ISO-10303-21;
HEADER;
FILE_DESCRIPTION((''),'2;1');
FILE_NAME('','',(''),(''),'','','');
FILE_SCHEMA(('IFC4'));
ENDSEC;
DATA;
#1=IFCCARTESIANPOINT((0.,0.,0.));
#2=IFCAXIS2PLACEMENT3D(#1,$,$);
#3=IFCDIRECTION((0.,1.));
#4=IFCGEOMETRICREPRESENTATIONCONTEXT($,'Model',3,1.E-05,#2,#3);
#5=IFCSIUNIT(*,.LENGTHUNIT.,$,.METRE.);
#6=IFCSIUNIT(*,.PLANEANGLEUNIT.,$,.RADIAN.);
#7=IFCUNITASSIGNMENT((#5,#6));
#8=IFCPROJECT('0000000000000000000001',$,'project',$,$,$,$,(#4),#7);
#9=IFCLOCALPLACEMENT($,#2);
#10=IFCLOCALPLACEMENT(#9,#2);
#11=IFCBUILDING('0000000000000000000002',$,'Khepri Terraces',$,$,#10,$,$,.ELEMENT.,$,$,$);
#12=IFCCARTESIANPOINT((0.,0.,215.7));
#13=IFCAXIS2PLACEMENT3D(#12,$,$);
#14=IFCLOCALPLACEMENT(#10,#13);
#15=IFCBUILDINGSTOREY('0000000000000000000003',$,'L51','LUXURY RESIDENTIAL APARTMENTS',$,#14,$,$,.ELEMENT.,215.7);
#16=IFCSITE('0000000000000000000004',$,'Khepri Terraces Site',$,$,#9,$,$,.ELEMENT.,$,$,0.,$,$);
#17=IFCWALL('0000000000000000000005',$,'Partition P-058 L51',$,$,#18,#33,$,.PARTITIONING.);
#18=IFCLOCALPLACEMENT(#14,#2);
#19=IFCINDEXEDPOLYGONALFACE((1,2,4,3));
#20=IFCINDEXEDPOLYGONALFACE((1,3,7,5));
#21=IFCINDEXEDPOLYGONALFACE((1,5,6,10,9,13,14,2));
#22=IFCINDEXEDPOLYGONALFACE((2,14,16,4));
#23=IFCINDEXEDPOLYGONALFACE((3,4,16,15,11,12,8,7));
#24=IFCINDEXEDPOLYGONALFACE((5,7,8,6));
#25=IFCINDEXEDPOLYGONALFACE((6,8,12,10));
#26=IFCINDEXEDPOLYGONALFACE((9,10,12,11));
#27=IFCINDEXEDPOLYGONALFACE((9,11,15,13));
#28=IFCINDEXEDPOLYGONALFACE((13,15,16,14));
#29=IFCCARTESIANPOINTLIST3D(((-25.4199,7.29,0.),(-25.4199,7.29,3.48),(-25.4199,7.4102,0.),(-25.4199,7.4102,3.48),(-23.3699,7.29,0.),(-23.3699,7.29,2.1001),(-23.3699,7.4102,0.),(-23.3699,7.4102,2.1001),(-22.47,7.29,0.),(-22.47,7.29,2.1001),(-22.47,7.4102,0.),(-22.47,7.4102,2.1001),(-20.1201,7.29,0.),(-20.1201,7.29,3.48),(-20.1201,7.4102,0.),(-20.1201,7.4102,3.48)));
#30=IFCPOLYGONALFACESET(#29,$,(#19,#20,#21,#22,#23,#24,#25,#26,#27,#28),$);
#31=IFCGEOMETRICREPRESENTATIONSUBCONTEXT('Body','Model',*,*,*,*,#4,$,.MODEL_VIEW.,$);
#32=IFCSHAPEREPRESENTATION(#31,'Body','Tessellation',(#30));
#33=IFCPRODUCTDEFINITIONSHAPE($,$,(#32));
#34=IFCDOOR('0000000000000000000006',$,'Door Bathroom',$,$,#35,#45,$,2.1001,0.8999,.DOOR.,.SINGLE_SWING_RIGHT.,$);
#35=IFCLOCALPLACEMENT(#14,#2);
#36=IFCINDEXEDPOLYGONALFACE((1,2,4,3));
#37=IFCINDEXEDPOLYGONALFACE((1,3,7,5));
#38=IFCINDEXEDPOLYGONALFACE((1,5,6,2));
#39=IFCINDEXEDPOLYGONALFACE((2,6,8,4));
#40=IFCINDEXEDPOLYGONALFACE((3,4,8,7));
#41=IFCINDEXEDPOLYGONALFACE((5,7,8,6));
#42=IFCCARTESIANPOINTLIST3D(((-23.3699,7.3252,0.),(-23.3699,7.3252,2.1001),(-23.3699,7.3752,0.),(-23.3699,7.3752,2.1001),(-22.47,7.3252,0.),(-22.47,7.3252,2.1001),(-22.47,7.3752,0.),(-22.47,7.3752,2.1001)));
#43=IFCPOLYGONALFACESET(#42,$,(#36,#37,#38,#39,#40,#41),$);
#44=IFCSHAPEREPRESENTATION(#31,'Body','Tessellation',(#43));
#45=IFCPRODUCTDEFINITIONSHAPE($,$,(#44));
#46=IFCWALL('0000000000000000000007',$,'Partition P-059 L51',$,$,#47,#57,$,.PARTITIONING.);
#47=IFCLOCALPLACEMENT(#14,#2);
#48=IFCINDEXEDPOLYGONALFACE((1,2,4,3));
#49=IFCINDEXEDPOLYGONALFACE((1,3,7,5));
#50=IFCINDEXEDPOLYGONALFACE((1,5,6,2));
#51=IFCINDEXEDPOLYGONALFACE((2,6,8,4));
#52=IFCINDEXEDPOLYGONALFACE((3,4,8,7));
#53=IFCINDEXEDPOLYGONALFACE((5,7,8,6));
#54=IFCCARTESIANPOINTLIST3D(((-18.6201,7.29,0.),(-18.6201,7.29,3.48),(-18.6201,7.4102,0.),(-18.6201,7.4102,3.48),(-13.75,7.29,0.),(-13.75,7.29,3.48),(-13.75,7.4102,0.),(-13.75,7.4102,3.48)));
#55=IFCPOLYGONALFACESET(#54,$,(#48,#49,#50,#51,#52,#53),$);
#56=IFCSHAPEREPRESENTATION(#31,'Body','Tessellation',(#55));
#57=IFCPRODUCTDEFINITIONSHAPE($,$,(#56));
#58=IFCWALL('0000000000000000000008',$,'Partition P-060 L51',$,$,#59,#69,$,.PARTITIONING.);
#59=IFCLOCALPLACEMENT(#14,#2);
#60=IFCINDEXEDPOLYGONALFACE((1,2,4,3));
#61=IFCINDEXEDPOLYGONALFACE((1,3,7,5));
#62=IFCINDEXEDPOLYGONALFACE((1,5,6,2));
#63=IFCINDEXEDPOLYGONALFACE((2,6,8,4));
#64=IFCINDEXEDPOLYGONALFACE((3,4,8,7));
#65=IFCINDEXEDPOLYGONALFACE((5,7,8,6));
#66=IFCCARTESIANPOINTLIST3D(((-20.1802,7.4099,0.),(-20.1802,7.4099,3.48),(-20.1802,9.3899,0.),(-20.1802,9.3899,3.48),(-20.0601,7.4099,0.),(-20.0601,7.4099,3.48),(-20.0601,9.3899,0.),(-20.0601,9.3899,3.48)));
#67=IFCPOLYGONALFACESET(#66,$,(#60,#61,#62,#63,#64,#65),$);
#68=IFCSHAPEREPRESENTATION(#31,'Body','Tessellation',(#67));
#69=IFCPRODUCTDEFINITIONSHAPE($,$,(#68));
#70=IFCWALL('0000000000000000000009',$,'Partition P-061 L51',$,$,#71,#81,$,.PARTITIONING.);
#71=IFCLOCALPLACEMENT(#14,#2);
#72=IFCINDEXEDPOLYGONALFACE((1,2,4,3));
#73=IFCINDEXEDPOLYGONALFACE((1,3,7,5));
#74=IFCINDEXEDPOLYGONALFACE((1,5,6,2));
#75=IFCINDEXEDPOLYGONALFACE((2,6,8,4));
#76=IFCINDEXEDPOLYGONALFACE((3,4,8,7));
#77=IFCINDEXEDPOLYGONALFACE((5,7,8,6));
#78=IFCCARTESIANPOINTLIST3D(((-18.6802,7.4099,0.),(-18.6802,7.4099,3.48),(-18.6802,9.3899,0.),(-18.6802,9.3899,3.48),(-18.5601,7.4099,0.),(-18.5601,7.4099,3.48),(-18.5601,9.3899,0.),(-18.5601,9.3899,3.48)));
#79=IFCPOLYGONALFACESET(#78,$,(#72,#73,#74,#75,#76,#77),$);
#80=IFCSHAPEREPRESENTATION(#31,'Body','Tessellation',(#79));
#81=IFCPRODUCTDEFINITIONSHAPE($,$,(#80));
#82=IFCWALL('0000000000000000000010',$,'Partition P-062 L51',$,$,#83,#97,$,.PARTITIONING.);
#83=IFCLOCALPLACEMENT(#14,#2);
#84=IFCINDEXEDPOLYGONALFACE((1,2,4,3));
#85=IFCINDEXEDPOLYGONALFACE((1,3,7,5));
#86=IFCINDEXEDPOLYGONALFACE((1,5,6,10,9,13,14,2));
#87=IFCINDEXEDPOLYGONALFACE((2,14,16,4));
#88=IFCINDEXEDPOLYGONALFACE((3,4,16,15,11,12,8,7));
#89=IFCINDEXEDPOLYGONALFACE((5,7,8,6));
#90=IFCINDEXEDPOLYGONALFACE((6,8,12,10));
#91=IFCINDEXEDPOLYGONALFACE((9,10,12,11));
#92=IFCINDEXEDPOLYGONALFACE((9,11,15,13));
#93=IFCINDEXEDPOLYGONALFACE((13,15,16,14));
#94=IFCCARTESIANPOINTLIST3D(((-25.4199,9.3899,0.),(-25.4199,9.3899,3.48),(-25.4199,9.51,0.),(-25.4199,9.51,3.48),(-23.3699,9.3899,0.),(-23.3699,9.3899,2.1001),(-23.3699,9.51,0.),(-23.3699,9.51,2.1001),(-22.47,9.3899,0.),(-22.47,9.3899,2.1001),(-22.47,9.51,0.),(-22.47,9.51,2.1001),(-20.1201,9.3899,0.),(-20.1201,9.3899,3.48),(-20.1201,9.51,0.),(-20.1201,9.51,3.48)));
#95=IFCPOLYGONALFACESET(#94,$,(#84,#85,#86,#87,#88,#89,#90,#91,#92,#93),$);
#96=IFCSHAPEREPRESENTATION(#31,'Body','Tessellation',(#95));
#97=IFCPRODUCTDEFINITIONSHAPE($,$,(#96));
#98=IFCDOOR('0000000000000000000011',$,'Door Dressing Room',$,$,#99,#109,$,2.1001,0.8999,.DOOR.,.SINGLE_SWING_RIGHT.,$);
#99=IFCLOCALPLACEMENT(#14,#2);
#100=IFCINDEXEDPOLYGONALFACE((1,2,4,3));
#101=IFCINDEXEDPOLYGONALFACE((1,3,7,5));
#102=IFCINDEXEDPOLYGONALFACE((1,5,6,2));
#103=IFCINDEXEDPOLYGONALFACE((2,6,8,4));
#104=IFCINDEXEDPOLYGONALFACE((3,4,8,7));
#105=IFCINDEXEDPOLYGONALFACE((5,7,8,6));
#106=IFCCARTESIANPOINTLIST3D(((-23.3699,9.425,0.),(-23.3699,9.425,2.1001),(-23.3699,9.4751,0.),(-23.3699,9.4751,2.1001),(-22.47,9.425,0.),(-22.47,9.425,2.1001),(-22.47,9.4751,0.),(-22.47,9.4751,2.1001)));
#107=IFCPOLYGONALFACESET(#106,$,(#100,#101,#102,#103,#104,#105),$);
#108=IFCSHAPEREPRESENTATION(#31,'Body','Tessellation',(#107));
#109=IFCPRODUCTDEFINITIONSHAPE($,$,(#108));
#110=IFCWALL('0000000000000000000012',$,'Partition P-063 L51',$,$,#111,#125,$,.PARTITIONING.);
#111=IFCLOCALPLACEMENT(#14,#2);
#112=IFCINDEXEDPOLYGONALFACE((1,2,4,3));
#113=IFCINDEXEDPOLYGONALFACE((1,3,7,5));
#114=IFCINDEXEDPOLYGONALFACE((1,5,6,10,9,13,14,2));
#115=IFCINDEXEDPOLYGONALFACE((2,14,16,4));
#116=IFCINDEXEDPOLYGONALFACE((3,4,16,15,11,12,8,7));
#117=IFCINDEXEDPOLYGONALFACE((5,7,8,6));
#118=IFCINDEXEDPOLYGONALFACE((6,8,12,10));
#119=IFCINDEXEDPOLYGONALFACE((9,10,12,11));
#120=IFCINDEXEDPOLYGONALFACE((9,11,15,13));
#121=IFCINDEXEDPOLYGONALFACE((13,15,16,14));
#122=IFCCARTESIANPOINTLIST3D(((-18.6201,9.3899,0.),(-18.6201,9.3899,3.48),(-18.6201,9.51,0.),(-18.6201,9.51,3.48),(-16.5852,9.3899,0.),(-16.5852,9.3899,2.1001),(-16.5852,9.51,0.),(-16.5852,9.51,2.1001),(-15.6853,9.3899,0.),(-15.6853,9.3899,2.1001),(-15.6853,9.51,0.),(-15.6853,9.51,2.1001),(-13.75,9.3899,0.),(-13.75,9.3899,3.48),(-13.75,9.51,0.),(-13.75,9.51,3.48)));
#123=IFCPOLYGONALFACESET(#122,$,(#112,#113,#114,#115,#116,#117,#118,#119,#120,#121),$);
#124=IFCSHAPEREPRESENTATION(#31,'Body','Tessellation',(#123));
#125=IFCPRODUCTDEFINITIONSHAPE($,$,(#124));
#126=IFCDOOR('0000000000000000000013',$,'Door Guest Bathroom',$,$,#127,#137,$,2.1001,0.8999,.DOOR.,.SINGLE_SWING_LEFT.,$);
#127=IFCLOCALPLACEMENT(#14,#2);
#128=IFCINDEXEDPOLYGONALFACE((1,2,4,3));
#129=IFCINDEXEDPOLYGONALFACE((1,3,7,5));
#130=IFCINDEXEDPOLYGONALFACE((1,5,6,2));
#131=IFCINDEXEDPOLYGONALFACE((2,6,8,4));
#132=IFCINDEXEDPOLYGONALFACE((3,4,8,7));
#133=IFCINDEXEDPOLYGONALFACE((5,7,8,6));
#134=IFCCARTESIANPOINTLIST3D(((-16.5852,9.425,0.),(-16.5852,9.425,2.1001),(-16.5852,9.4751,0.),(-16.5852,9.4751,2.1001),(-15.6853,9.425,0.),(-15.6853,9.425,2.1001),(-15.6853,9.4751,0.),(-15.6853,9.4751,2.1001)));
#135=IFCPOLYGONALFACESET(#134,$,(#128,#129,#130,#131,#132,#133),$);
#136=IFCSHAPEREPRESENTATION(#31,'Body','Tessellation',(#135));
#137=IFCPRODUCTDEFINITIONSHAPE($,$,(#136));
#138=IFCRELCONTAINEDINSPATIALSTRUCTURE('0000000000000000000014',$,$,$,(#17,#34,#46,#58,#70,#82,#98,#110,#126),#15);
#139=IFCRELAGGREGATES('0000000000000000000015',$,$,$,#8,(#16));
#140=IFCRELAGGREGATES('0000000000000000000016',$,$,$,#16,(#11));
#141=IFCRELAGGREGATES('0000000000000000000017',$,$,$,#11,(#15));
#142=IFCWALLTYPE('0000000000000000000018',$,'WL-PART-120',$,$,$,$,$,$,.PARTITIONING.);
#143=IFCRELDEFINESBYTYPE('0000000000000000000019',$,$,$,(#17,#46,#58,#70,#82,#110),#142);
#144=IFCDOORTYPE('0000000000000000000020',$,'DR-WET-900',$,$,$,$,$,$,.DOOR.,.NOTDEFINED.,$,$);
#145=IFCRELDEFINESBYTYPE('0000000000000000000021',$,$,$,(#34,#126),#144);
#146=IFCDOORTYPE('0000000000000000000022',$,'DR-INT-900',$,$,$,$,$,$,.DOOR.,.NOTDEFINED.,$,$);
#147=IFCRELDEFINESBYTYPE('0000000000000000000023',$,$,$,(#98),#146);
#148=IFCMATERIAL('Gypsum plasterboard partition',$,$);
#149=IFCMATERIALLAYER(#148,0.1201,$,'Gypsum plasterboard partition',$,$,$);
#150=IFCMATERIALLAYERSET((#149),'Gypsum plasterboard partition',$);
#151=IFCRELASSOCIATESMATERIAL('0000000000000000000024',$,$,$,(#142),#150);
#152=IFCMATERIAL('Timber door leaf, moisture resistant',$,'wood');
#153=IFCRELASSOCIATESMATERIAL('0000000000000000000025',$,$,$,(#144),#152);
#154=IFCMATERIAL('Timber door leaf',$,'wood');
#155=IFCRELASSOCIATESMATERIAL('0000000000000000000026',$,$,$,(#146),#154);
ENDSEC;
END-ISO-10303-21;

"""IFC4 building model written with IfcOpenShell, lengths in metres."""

from ifc_helpers import new_model, si_unit, direction, frame, frame_2d, origin, place, context, subcontext, project, spatial, rectangle, extrude, material, layer, layer_set, type_object, element, fill, save


model = new_model("IFC4")

# Units and contexts
model_context = context("Model", 3, precision=1e-05, world=origin(), true_north=direction((0.0, 1.0)))
body_context = subcontext(model_context, "Body", "Model", "MODEL_VIEW")
ifc_project = project(units=[si_unit("LENGTHUNIT", "METRE"), si_unit("PLANEANGLEUNIT", "RADIAN")], contexts=[model_context])

# Site, building, storey
site_placement = place(None, origin())
site = spatial("IfcSite", under=ifc_project, at=site_placement, Name="Khepri Terraces Site", CompositionType="ELEMENT", RefElevation=0.0)
building_placement = place(site_placement, origin())
building = spatial("IfcBuilding", under=site, at=building_placement, Name="Khepri Terraces", CompositionType="ELEMENT")
storey_placement = place(building_placement, frame((0.0, 0.0, 215.7)))
storey = spatial("IfcBuildingStorey", under=building, at=storey_placement, Name="L51", Description="LUXURY RESIDENTIAL APARTMENTS", CompositionType="ELEMENT", Elevation=215.7)

# Shared definitions
ifc_material_1 = material(Name="Gypsum plasterboard partition")
ifc_layer_1 = layer(ifc_material_1, 0.1201, Name="Gypsum plasterboard partition")
ifc_layer_set_1 = layer_set([ifc_layer_1], Name="Gypsum plasterboard partition")
wall_type_1 = type_object("IfcWallType", Name="WL-PART-120", PredefinedType="PARTITIONING", material=ifc_layer_set_1)

# Shared definitions
ifc_material_2 = material(Name="Timber door leaf, moisture resistant", Category="wood")
door_type_1 = type_object("IfcDoorType", Name="DR-WET-900", OperationType="NOTDEFINED", PredefinedType="DOOR", material=ifc_material_2)

# Wall, opening, door
ifc_material_3 = material(Name="Timber door leaf", Category="wood")
door_type_2 = type_object("IfcDoorType", Name="DR-INT-900", OperationType="NOTDEFINED", PredefinedType="DOOR", material=ifc_material_3)
wall_1_placement = place(storey_placement, frame((-25.4199, 7.3501, 0.0), z_axis=(0.0, 0.0, 1.0), x_axis=(1.0, 0.0, 0.0)))
wall_1 = element("IfcWall", 1, at=wall_1_placement, inside=storey, type_object=wall_type_1, Name="Partition P-058 L51", PredefinedType="PARTITIONING", context=body_context, shape_type="SweptSolid", body=[
    extrude(rectangle(XDim=5.2998, YDim=0.1201, at=frame_2d((2.6499, 0.0))), origin(), (0.0, 0.0, 1.0), 3.48),
])
opening_1_placement = place(wall_1_placement, frame((2.05, 0.0, 0.0)))
opening_1 = element("IfcOpeningElement", 2, at=opening_1_placement, cuts=wall_1, PredefinedType="OPENING", context=body_context, shape_type="SweptSolid", body=[
    extrude(rectangle(XDim=0.8999, YDim=2.1001, at=frame_2d((0.45, 1.05))), frame((0.0, 0.0701, 0.0), z_axis=(0.0, -1.0, 0.0), x_axis=(1.0, 0.0, 0.0)), (0.0, 0.0, 1.0), 0.1401),
])
door_1_placement = place(opening_1_placement, frame((0.8999, 0.0, 0.0), z_axis=(0.0, 0.0, 1.0), x_axis=(-1.0, 0.0, 0.0)))
door_1 = element("IfcDoor", 3, at=door_1_placement, inside=storey, type_object=door_type_1, Name="Door Bathroom", OperationType="SINGLE_SWING_RIGHT", OverallHeight=2.1001, OverallWidth=0.8999, PredefinedType="DOOR", context=body_context, shape_type="SweptSolid", body=[
    extrude(rectangle(XDim=0.8999, YDim=2.1001, at=frame_2d((0.45, 1.05))), frame((0.0, 0.0249, 0.0), z_axis=(0.0, -1.0, 0.0), x_axis=(1.0, 0.0, 0.0)), (0.0, 0.0, 1.0), 0.05),
])
fill(opening_1, door_1)

# Walls
wall_2_placement = place(storey_placement, frame((-18.6201, 7.3501, 0.0), z_axis=(0.0, 0.0, 1.0), x_axis=(1.0, 0.0, 0.0)))
element("IfcWall", 4, at=wall_2_placement, inside=storey, type_object=wall_type_1, Name="Partition P-059 L51", PredefinedType="PARTITIONING", context=body_context, shape_type="SweptSolid", body=[
    extrude(rectangle(XDim=4.8701, YDim=0.1201, at=frame_2d((2.4351, 0.0))), origin(), (0.0, 0.0, 1.0), 3.48),
])
for number, where, z_axis, x_axis, name in (
    (5, (-20.1201, 7.4099, 0.0), (0.0, 0.0, 1.0), (0.0, 1.0, 0.0), "Partition P-060 L51"),
    (6, (-18.6201, 7.4099, 0.0), (0.0, 0.0, 1.0), (0.0, 1.0, 0.0), "Partition P-061 L51"),
):
    element("IfcWall", number, at=place(storey_placement, frame(where, z_axis=z_axis, x_axis=x_axis)), inside=storey, type_object=wall_type_1, Name=name, PredefinedType="PARTITIONING", context=body_context, shape_type="SweptSolid", body=[
        extrude(rectangle(XDim=1.98, YDim=0.1201, at=frame_2d((0.99, 0.0))), origin(), (0.0, 0.0, 1.0), 3.48),
    ])

# Walls, openings, doors
wall_3_placement = place(storey_placement, frame((-25.4199, 9.45, 0.0), z_axis=(0.0, 0.0, 1.0), x_axis=(1.0, 0.0, 0.0)))
wall_3 = element("IfcWall", 7, at=wall_3_placement, inside=storey, type_object=wall_type_1, Name="Partition P-062 L51", PredefinedType="PARTITIONING", context=body_context, shape_type="SweptSolid", body=[
    extrude(rectangle(XDim=5.2998, YDim=0.1201, at=frame_2d((2.6499, 0.0))), origin(), (0.0, 0.0, 1.0), 3.48),
])
opening_2_placement = place(wall_3_placement, frame((2.05, 0.0, 0.0)))
opening_2 = element("IfcOpeningElement", 8, at=opening_2_placement, cuts=wall_3, PredefinedType="OPENING", context=body_context, shape_type="SweptSolid", body=[
    extrude(rectangle(XDim=0.8999, YDim=2.1001, at=frame_2d((0.45, 1.05))), frame((0.0, 0.0701, 0.0), z_axis=(0.0, -1.0, 0.0), x_axis=(1.0, 0.0, 0.0)), (0.0, 0.0, 1.0), 0.1401),
])
door_2_placement = place(opening_2_placement, frame((0.8999, 0.0, 0.0), z_axis=(0.0, 0.0, 1.0), x_axis=(-1.0, 0.0, 0.0)))
door_2 = element("IfcDoor", 9, at=door_2_placement, inside=storey, type_object=door_type_2, Name="Door Dressing Room", OperationType="SINGLE_SWING_RIGHT", OverallHeight=2.1001, OverallWidth=0.8999, PredefinedType="DOOR", context=body_context, shape_type="SweptSolid", body=[
    extrude(rectangle(XDim=0.8999, YDim=2.1001, at=frame_2d((0.45, 1.05))), frame((0.0, 0.0249, 0.0), z_axis=(0.0, -1.0, 0.0), x_axis=(1.0, 0.0, 0.0)), (0.0, 0.0, 1.0), 0.05),
])
fill(opening_2, door_2)
wall_4_placement = place(storey_placement, frame((-18.6201, 9.45, 0.0), z_axis=(0.0, 0.0, 1.0), x_axis=(1.0, 0.0, 0.0)))
wall_4 = element("IfcWall", 10, at=wall_4_placement, inside=storey, type_object=wall_type_1, Name="Partition P-063 L51", PredefinedType="PARTITIONING", context=body_context, shape_type="SweptSolid", body=[
    extrude(rectangle(XDim=4.8701, YDim=0.1201, at=frame_2d((2.4351, 0.0))), origin(), (0.0, 0.0, 1.0), 3.48),
])
opening_3_placement = place(wall_4_placement, frame((2.0349, 0.0, 0.0)))
opening_3 = element("IfcOpeningElement", 11, at=opening_3_placement, cuts=wall_4, PredefinedType="OPENING", context=body_context, shape_type="SweptSolid", body=[
    extrude(rectangle(XDim=0.8999, YDim=2.1001, at=frame_2d((0.45, 1.05))), frame((0.0, 0.0701, 0.0), z_axis=(0.0, -1.0, 0.0), x_axis=(1.0, 0.0, 0.0)), (0.0, 0.0, 1.0), 0.1401),
])
door_3_placement = place(opening_3_placement, frame((0.8999, 0.0, 0.0), z_axis=(0.0, 0.0, 1.0), x_axis=(-1.0, 0.0, 0.0)))
door_3 = element("IfcDoor", 12, at=door_3_placement, inside=storey, type_object=door_type_1, Name="Door Guest Bathroom", OperationType="SINGLE_SWING_LEFT", OverallHeight=2.1001, OverallWidth=0.8999, PredefinedType="DOOR", context=body_context, shape_type="SweptSolid", body=[
    extrude(rectangle(XDim=0.8999, YDim=2.1001, at=frame_2d((0.45, 1.05))), frame((0.0, 0.0249, 0.0), z_axis=(0.0, -1.0, 0.0), x_axis=(1.0, 0.0, 0.0)), (0.0, 0.0, 1.0), 0.05),
])
fill(opening_3, door_3)

save(model, "model.ifc")
